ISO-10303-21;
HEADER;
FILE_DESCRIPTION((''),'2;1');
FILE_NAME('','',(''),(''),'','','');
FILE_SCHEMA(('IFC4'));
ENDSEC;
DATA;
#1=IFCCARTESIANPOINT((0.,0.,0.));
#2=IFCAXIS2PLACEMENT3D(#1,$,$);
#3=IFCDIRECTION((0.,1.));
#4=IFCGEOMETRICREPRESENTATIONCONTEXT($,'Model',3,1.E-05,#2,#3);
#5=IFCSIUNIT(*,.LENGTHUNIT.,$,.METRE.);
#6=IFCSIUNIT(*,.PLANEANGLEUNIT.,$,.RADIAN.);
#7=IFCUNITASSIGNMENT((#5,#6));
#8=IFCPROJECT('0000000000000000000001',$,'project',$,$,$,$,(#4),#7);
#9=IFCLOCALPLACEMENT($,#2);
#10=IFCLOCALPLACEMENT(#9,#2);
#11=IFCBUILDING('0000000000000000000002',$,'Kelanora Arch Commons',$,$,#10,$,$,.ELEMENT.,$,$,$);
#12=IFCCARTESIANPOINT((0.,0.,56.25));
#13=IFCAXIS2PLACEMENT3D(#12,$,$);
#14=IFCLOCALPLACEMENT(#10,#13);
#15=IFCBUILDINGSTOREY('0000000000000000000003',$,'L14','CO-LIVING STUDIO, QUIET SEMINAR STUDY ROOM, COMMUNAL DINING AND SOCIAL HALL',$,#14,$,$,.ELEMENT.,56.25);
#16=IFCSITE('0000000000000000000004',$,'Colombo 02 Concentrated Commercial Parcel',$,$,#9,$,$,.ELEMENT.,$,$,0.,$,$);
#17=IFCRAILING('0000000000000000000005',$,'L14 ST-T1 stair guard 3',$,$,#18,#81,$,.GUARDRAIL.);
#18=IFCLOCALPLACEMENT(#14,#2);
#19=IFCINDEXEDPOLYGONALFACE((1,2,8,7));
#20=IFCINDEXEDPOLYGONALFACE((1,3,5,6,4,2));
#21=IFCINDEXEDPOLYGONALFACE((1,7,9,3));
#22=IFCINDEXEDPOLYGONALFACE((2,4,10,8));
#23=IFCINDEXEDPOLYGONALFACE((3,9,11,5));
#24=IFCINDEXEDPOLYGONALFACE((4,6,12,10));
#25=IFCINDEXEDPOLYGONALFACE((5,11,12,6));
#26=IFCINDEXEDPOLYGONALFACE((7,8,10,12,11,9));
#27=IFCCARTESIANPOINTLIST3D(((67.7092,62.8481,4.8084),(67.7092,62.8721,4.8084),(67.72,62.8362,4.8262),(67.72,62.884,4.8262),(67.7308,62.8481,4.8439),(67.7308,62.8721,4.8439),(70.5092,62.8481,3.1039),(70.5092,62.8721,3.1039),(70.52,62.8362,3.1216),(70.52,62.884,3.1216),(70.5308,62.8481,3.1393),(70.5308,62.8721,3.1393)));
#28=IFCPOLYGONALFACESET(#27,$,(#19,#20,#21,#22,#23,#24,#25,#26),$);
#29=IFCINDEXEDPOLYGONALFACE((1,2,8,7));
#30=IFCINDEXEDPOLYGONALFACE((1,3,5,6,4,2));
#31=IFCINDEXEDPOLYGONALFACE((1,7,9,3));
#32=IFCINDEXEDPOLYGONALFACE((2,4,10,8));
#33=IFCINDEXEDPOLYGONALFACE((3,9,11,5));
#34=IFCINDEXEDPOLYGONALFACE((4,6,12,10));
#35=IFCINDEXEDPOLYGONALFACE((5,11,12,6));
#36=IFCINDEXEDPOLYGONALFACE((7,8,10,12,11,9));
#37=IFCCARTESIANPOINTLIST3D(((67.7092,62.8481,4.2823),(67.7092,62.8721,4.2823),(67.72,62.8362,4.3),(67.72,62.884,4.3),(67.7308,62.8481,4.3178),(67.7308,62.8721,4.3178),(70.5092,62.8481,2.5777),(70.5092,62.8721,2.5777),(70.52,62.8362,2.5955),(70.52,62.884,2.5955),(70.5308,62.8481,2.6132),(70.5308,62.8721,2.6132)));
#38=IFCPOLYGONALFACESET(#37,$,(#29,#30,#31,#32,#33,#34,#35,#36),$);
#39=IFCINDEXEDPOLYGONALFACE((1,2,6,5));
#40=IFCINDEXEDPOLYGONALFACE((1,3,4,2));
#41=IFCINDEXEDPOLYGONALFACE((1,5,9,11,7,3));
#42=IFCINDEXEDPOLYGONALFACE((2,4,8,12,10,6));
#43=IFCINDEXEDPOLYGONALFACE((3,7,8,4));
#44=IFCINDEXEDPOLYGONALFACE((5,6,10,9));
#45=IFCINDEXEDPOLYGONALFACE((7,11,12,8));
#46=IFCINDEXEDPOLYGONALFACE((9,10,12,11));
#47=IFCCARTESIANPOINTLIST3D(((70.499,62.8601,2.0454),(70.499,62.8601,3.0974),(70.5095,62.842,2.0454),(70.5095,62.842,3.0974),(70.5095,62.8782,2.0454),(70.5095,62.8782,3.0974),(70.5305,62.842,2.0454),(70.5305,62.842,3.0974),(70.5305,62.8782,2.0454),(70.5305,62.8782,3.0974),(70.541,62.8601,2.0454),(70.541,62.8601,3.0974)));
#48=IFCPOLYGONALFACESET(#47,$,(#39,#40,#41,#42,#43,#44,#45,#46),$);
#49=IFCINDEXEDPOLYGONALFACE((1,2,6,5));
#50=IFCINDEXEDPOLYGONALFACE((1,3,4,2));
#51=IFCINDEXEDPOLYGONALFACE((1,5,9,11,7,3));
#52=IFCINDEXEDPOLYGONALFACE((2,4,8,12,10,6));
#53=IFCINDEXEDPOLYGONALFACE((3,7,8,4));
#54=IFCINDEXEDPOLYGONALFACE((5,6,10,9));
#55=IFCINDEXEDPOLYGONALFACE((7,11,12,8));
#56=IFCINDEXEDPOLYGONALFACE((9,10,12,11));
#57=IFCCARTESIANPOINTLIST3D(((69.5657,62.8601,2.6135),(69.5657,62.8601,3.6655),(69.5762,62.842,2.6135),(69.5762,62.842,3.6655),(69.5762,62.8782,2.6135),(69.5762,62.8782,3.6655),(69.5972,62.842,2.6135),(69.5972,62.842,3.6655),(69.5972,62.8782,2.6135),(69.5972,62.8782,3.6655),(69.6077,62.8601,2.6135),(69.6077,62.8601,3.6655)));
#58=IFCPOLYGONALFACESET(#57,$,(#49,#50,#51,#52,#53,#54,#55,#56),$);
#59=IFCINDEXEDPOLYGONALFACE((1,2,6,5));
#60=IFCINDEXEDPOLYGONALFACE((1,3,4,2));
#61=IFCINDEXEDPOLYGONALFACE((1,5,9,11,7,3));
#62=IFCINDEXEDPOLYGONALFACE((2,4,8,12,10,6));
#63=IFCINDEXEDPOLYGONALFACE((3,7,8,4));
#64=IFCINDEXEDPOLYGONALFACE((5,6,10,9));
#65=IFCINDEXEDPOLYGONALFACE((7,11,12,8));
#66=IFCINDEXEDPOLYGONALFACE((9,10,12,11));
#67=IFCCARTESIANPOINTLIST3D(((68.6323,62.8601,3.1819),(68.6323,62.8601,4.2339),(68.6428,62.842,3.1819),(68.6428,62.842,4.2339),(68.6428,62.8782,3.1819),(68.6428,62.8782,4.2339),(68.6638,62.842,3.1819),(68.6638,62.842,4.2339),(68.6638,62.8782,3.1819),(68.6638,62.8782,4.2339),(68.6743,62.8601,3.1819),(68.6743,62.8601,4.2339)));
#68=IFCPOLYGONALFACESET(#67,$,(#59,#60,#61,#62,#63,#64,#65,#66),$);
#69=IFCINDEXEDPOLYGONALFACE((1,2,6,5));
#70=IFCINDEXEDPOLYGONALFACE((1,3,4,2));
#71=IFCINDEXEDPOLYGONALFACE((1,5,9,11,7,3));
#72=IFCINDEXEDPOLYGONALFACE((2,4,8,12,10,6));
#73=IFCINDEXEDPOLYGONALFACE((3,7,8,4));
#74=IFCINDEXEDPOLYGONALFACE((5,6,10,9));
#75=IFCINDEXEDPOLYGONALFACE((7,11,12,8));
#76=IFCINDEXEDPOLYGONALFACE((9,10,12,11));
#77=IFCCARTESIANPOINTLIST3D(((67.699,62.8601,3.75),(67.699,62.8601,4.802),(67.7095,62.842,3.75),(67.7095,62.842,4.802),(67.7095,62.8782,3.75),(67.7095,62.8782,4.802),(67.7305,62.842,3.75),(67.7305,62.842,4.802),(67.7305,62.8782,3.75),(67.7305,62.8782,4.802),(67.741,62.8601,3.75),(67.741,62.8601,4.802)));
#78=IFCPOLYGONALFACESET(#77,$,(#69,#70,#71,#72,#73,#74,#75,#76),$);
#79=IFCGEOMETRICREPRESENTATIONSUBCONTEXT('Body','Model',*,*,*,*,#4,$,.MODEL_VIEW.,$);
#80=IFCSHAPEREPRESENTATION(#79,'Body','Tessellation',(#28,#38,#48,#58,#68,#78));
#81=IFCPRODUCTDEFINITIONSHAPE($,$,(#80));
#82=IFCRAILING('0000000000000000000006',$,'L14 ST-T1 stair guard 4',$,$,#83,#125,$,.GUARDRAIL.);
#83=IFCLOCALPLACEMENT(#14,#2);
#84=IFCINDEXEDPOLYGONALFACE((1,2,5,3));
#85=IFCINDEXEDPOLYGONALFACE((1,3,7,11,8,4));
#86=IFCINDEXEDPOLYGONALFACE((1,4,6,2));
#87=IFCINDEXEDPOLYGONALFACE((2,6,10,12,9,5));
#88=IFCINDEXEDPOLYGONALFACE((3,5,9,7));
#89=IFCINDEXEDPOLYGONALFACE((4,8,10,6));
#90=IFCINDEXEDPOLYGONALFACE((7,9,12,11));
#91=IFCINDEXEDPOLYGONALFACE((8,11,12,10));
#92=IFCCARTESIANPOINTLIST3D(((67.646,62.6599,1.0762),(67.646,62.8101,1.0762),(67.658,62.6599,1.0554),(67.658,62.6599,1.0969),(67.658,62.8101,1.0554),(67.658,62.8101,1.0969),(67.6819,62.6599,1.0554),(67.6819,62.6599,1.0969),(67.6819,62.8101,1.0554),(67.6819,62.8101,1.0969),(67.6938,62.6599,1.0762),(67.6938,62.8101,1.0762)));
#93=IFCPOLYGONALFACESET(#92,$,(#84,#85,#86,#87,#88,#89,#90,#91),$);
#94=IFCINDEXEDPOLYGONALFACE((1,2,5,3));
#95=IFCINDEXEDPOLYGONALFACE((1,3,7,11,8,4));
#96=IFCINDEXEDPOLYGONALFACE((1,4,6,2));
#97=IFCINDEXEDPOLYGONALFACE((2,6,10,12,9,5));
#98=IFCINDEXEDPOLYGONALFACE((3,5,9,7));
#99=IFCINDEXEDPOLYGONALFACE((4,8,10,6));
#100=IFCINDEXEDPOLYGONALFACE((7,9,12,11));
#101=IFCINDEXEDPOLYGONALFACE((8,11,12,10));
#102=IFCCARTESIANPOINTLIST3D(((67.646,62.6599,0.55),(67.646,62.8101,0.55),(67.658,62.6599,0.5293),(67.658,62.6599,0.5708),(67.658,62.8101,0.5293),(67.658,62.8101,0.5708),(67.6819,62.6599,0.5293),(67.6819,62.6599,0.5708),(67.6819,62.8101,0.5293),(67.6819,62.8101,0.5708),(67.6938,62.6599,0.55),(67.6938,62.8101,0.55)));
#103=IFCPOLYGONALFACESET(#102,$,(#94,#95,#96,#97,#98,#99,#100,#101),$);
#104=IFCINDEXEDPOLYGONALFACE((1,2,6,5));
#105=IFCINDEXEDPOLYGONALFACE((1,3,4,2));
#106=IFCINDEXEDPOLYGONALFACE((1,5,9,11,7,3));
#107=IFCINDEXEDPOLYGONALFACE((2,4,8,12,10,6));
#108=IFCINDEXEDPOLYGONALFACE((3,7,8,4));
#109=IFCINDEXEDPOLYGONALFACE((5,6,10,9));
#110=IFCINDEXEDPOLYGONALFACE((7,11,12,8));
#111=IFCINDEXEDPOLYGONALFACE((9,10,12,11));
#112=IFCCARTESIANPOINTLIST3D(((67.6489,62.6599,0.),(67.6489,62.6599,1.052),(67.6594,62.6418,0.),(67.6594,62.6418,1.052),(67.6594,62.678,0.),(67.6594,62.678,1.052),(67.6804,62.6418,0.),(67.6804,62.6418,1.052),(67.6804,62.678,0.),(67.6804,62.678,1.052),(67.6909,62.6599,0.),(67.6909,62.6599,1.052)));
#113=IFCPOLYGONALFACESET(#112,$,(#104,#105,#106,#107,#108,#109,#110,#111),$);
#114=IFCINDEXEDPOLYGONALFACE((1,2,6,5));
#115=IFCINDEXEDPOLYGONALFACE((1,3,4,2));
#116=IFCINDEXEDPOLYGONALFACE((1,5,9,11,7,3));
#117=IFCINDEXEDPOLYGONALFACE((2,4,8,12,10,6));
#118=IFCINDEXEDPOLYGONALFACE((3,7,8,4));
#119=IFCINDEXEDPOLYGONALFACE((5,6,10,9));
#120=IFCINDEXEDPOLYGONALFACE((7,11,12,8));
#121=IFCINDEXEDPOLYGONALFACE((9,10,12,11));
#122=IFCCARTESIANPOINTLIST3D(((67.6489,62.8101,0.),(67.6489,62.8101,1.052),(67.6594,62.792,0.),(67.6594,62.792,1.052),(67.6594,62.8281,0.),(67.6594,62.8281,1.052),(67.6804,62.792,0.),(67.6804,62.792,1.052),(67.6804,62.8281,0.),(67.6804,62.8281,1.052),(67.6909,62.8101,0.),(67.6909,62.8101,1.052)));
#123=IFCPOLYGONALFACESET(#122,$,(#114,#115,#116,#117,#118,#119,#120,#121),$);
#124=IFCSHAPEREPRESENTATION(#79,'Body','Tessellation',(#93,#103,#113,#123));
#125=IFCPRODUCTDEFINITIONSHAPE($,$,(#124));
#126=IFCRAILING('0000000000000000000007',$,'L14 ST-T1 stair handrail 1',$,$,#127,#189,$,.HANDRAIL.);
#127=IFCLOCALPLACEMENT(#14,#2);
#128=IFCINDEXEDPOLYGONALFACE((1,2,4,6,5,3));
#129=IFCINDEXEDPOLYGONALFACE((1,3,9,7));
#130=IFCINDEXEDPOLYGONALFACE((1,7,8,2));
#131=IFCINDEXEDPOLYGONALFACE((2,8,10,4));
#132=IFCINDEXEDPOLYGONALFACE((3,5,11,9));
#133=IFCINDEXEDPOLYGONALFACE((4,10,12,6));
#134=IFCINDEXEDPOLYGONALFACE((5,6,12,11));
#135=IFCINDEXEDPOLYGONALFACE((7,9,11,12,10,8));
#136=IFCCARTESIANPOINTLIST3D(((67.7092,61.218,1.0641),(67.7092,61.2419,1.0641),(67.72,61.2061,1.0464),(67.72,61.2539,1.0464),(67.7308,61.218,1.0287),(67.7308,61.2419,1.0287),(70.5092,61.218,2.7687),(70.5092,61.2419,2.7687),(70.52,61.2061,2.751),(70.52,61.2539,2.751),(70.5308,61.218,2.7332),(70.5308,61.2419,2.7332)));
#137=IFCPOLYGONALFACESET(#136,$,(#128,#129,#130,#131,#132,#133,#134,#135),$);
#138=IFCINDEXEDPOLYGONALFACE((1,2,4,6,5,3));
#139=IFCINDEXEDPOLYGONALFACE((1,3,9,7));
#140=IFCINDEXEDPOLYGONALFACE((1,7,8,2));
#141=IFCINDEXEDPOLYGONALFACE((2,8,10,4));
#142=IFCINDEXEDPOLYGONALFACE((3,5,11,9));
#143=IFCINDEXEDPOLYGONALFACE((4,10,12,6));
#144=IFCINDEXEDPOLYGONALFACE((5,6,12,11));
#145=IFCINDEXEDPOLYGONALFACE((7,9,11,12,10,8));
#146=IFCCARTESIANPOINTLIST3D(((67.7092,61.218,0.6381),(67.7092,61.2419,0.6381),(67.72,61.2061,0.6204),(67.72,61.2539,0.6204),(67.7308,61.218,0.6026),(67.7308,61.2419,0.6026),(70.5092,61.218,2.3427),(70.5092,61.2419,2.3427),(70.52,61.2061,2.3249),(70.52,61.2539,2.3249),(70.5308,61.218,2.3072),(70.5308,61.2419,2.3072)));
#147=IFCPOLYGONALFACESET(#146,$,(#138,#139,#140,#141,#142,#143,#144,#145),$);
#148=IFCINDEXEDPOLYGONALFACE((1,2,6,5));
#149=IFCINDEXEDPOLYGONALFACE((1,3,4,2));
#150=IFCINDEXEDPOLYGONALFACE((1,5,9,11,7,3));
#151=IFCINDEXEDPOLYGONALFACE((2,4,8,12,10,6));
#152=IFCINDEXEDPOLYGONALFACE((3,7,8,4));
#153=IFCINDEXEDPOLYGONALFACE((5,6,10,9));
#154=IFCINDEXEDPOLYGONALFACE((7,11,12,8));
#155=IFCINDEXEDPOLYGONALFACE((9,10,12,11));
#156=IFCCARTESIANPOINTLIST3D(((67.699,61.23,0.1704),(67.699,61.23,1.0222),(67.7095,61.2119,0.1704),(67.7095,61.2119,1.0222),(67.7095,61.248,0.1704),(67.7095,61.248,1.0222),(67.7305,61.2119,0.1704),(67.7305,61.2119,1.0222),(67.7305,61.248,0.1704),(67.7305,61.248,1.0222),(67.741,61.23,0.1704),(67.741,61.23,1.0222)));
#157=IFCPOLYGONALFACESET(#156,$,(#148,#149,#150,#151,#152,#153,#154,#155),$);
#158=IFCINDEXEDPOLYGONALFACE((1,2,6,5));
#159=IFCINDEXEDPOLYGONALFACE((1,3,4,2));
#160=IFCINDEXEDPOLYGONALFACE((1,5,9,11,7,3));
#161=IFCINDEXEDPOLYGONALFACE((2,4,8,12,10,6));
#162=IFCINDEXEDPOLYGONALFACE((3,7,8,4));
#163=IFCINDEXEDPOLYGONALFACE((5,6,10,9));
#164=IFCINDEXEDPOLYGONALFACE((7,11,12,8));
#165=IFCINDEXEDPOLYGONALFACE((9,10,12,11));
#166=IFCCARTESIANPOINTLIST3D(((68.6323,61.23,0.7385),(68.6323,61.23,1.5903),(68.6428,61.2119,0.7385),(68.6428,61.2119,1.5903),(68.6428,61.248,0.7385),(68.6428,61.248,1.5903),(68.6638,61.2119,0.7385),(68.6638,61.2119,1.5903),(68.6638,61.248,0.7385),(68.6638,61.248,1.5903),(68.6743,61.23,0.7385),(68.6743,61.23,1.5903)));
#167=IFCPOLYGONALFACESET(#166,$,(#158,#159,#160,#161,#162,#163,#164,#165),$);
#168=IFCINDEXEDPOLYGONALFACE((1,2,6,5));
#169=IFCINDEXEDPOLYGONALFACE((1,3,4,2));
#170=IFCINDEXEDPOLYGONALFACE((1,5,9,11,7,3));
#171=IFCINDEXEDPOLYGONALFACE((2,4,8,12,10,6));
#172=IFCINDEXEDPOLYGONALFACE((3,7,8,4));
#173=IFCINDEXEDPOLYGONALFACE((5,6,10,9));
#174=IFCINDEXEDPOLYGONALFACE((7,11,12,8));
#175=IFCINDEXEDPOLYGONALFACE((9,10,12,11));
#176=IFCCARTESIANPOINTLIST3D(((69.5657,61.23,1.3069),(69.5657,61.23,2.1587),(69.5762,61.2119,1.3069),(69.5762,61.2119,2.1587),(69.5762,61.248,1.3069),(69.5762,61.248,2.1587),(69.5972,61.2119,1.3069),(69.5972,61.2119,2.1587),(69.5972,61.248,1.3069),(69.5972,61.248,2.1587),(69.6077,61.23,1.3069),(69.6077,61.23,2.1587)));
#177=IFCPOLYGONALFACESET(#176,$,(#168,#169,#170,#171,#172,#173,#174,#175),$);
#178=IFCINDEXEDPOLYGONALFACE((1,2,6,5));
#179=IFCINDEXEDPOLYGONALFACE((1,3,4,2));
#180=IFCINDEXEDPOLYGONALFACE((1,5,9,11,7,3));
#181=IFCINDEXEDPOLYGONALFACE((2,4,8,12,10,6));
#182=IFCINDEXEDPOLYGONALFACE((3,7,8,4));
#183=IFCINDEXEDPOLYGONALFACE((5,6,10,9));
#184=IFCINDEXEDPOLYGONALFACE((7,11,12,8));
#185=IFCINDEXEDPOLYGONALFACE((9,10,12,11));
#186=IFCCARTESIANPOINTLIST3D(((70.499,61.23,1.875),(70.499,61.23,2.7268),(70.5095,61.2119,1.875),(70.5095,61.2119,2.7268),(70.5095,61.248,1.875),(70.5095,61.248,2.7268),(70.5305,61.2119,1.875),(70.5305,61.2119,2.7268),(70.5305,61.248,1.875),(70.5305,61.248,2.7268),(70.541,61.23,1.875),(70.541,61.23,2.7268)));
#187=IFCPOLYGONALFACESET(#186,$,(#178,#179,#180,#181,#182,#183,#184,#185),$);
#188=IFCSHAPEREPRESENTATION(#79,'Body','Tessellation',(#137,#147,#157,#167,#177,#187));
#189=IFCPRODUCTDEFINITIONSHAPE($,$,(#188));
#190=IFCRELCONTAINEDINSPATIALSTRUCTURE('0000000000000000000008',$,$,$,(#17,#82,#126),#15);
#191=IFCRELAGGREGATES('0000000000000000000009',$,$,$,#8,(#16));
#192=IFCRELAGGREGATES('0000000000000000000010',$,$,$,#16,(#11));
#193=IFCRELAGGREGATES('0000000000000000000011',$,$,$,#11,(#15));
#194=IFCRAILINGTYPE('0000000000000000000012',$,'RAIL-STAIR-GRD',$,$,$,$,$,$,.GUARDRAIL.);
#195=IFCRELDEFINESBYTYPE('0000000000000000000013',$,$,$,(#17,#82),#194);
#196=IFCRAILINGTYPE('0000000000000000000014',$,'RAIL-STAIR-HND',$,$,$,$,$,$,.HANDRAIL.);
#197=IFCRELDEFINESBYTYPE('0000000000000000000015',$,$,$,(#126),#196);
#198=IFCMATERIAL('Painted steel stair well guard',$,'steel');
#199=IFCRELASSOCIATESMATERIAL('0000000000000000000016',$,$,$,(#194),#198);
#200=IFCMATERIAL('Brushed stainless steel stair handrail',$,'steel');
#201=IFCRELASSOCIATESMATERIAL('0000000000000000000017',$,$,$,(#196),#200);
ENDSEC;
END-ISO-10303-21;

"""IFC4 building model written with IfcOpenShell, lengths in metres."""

from ifc_helpers import new_model, si_unit, direction, frame, origin, place, context, subcontext, project, spatial, polyline, outline, extrude, material, type_object, element, save


model = new_model("IFC4")

# Units and contexts
model_context = context("Model", 3, precision=1e-05, world=origin(), true_north=direction((0.0, 1.0)))
body_context = subcontext(model_context, "Body", "Model", "MODEL_VIEW")
ifc_project = project(units=[si_unit("LENGTHUNIT", "METRE"), si_unit("PLANEANGLEUNIT", "RADIAN")], contexts=[model_context])

# Site, building, storey
site_placement = place(None, origin())
site = spatial("IfcSite", under=ifc_project, at=site_placement, Name="Colombo 02 Concentrated Commercial Parcel", CompositionType="ELEMENT", RefElevation=0.0)
building_placement = place(site_placement, origin())
building = spatial("IfcBuilding", under=site, at=building_placement, Name="Kelanora Arch Commons", CompositionType="ELEMENT")
storey_placement = place(building_placement, frame((0.0, 0.0, 56.25)))
storey = spatial("IfcBuildingStorey", under=building, at=storey_placement, Name="L14", Description="CO-LIVING STUDIO, QUIET SEMINAR STUDY ROOM, COMMUNAL DINING AND SOCIAL HALL", CompositionType="ELEMENT", Elevation=56.25)

# Railings
ifc_material_1 = material(Name="Painted steel stair well guard", Category="steel")
railing_type_1 = type_object("IfcRailingType", Name="RAIL-STAIR-GRD", PredefinedType="GUARDRAIL", material=ifc_material_1)
railing_1_placement = place(storey_placement, frame((70.52, 62.8601, 2.0454)))
element("IfcRailing", 1, at=railing_1_placement, inside=storey, type_object=railing_type_1, Name="L14 ST-T1 stair guard 3", PredefinedType="GUARDRAIL", context=body_context, shape_type="SweptSolid", body=[
    extrude(outline(polyline([(0.0239, 0.0), (0.012, 0.0208), (-0.012, 0.0208), (-0.0239, 0.0), (-0.012, -0.0208), (0.012, -0.0208), (0.0239, 0.0)])), frame((0.0, 0.0, 1.0762), z_axis=(-0.85417, 0.0, 0.519994), x_axis=(0.0, -1.0, 0.0)), (0.0, 0.0, 1.0), 3.2781),
    extrude(outline(polyline([(0.0239, 0.0), (0.012, 0.0208), (-0.012, 0.0208), (-0.0239, 0.0), (-0.012, -0.0208), (0.012, -0.0208), (0.0239, 0.0)])), frame((0.0, 0.0, 0.55), z_axis=(-0.85417, 0.0, 0.519994), x_axis=(0.0, -1.0, 0.0)), (0.0, 0.0, 1.0), 3.2781),
    extrude(outline(polyline([(0.021, 0.0), (0.0105, 0.0181), (-0.0105, 0.0181), (-0.021, 0.0), (-0.0105, -0.0181), (0.0105, -0.0181), (0.021, 0.0)])), origin(), (0.0, 0.0, 1.0), 1.052),
    extrude(outline(polyline([(0.021, 0.0), (0.0105, 0.0181), (-0.0105, 0.0181), (-0.021, 0.0), (-0.0105, -0.0181), (0.0105, -0.0181), (0.021, 0.0)])), frame((-0.9333, 0.0, 0.5681)), (0.0, 0.0, 1.0), 1.052),
    extrude(outline(polyline([(0.021, 0.0), (0.0105, 0.0181), (-0.0105, 0.0181), (-0.021, 0.0), (-0.0105, -0.0181), (0.0105, -0.0181), (0.021, 0.0)])), frame((-1.8667, 0.0, 1.1365)), (0.0, 0.0, 1.0), 1.052),
    extrude(outline(polyline([(0.021, 0.0), (0.0105, 0.0181), (-0.0105, 0.0181), (-0.021, 0.0), (-0.0105, -0.0181), (0.0105, -0.0181), (0.021, 0.0)])), frame((-2.8, 0.0, 1.7046)), (0.0, 0.0, 1.0), 1.052),
])
railing_2_placement = place(storey_placement, frame((67.6699, 62.6599, 0.0)))
element("IfcRailing", 2, at=railing_2_placement, inside=storey, type_object=railing_type_1, Name="L14 ST-T1 stair guard 4", PredefinedType="GUARDRAIL", context=body_context, shape_type="SweptSolid", body=[
    extrude(outline(polyline([(0.0239, 0.0), (0.012, 0.0208), (-0.012, 0.0208), (-0.0239, 0.0), (-0.012, -0.0208), (0.012, -0.0208), (0.0239, 0.0)])), frame((0.0, 0.0, 1.0762), z_axis=(0.0, 1.0, 0.0), x_axis=(-1.0, 0.0, 0.0)), (0.0, 0.0, 1.0), 0.1501),
    extrude(outline(polyline([(0.0239, 0.0), (0.012, 0.0208), (-0.012, 0.0208), (-0.0239, 0.0), (-0.012, -0.0208), (0.012, -0.0208), (0.0239, 0.0)])), frame((0.0, 0.0, 0.55), z_axis=(0.0, 1.0, 0.0), x_axis=(-1.0, 0.0, 0.0)), (0.0, 0.0, 1.0), 0.1501),
    extrude(outline(polyline([(0.021, 0.0), (0.0105, 0.0181), (-0.0105, 0.0181), (-0.021, 0.0), (-0.0105, -0.0181), (0.0105, -0.0181), (0.021, 0.0)])), origin(), (0.0, 0.0, 1.0), 1.052),
    extrude(outline(polyline([(0.021, 0.0), (0.0105, 0.0181), (-0.0105, 0.0181), (-0.021, 0.0), (-0.0105, -0.0181), (0.0105, -0.0181), (0.021, 0.0)])), frame((0.0, 0.1501, 0.0)), (0.0, 0.0, 1.0), 1.052),
])
ifc_material_2 = material(Name="Brushed stainless steel stair handrail", Category="steel")
railing_type_2 = type_object("IfcRailingType", Name="RAIL-STAIR-HND", PredefinedType="HANDRAIL", material=ifc_material_2)
railing_3_placement = place(storey_placement, frame((67.72, 61.23, 0.1704)))
element("IfcRailing", 3, at=railing_3_placement, inside=storey, type_object=railing_type_2, Name="L14 ST-T1 stair handrail 1", PredefinedType="HANDRAIL", context=body_context, shape_type="SweptSolid", body=[
    extrude(outline(polyline([(0.0239, 0.0), (0.012, 0.0208), (-0.012, 0.0208), (-0.0239, 0.0), (-0.012, -0.0208), (0.012, -0.0208), (0.0239, 0.0)])), frame((0.0, 0.0, 0.876), z_axis=(0.85417, 0.0, 0.519994), x_axis=(0.0, 1.0, 0.0)), (0.0, 0.0, 1.0), 3.2781),
    extrude(outline(polyline([(0.0239, 0.0), (0.012, 0.0208), (-0.012, 0.0208), (-0.0239, 0.0), (-0.012, -0.0208), (0.012, -0.0208), (0.0239, 0.0)])), frame((0.0, 0.0, 0.45), z_axis=(0.85417, 0.0, 0.519994), x_axis=(0.0, 1.0, 0.0)), (0.0, 0.0, 1.0), 3.2781),
    extrude(outline(polyline([(0.021, 0.0), (0.0105, 0.0181), (-0.0105, 0.0181), (-0.021, 0.0), (-0.0105, -0.0181), (0.0105, -0.0181), (0.021, 0.0)])), origin(), (0.0, 0.0, 1.0), 0.8518),
    extrude(outline(polyline([(0.021, 0.0), (0.0105, 0.0181), (-0.0105, 0.0181), (-0.021, 0.0), (-0.0105, -0.0181), (0.0105, -0.0181), (0.021, 0.0)])), frame((0.9333, 0.0, 0.5681)), (0.0, 0.0, 1.0), 0.8518),
    extrude(outline(polyline([(0.021, 0.0), (0.0105, 0.0181), (-0.0105, 0.0181), (-0.021, 0.0), (-0.0105, -0.0181), (0.0105, -0.0181), (0.021, 0.0)])), frame((1.8667, 0.0, 1.1365)), (0.0, 0.0, 1.0), 0.8518),
    extrude(outline(polyline([(0.021, 0.0), (0.0105, 0.0181), (-0.0105, 0.0181), (-0.021, 0.0), (-0.0105, -0.0181), (0.0105, -0.0181), (0.021, 0.0)])), frame((2.8, 0.0, 1.7046)), (0.0, 0.0, 1.0), 0.8518),
])

save(model, "model.ifc")
